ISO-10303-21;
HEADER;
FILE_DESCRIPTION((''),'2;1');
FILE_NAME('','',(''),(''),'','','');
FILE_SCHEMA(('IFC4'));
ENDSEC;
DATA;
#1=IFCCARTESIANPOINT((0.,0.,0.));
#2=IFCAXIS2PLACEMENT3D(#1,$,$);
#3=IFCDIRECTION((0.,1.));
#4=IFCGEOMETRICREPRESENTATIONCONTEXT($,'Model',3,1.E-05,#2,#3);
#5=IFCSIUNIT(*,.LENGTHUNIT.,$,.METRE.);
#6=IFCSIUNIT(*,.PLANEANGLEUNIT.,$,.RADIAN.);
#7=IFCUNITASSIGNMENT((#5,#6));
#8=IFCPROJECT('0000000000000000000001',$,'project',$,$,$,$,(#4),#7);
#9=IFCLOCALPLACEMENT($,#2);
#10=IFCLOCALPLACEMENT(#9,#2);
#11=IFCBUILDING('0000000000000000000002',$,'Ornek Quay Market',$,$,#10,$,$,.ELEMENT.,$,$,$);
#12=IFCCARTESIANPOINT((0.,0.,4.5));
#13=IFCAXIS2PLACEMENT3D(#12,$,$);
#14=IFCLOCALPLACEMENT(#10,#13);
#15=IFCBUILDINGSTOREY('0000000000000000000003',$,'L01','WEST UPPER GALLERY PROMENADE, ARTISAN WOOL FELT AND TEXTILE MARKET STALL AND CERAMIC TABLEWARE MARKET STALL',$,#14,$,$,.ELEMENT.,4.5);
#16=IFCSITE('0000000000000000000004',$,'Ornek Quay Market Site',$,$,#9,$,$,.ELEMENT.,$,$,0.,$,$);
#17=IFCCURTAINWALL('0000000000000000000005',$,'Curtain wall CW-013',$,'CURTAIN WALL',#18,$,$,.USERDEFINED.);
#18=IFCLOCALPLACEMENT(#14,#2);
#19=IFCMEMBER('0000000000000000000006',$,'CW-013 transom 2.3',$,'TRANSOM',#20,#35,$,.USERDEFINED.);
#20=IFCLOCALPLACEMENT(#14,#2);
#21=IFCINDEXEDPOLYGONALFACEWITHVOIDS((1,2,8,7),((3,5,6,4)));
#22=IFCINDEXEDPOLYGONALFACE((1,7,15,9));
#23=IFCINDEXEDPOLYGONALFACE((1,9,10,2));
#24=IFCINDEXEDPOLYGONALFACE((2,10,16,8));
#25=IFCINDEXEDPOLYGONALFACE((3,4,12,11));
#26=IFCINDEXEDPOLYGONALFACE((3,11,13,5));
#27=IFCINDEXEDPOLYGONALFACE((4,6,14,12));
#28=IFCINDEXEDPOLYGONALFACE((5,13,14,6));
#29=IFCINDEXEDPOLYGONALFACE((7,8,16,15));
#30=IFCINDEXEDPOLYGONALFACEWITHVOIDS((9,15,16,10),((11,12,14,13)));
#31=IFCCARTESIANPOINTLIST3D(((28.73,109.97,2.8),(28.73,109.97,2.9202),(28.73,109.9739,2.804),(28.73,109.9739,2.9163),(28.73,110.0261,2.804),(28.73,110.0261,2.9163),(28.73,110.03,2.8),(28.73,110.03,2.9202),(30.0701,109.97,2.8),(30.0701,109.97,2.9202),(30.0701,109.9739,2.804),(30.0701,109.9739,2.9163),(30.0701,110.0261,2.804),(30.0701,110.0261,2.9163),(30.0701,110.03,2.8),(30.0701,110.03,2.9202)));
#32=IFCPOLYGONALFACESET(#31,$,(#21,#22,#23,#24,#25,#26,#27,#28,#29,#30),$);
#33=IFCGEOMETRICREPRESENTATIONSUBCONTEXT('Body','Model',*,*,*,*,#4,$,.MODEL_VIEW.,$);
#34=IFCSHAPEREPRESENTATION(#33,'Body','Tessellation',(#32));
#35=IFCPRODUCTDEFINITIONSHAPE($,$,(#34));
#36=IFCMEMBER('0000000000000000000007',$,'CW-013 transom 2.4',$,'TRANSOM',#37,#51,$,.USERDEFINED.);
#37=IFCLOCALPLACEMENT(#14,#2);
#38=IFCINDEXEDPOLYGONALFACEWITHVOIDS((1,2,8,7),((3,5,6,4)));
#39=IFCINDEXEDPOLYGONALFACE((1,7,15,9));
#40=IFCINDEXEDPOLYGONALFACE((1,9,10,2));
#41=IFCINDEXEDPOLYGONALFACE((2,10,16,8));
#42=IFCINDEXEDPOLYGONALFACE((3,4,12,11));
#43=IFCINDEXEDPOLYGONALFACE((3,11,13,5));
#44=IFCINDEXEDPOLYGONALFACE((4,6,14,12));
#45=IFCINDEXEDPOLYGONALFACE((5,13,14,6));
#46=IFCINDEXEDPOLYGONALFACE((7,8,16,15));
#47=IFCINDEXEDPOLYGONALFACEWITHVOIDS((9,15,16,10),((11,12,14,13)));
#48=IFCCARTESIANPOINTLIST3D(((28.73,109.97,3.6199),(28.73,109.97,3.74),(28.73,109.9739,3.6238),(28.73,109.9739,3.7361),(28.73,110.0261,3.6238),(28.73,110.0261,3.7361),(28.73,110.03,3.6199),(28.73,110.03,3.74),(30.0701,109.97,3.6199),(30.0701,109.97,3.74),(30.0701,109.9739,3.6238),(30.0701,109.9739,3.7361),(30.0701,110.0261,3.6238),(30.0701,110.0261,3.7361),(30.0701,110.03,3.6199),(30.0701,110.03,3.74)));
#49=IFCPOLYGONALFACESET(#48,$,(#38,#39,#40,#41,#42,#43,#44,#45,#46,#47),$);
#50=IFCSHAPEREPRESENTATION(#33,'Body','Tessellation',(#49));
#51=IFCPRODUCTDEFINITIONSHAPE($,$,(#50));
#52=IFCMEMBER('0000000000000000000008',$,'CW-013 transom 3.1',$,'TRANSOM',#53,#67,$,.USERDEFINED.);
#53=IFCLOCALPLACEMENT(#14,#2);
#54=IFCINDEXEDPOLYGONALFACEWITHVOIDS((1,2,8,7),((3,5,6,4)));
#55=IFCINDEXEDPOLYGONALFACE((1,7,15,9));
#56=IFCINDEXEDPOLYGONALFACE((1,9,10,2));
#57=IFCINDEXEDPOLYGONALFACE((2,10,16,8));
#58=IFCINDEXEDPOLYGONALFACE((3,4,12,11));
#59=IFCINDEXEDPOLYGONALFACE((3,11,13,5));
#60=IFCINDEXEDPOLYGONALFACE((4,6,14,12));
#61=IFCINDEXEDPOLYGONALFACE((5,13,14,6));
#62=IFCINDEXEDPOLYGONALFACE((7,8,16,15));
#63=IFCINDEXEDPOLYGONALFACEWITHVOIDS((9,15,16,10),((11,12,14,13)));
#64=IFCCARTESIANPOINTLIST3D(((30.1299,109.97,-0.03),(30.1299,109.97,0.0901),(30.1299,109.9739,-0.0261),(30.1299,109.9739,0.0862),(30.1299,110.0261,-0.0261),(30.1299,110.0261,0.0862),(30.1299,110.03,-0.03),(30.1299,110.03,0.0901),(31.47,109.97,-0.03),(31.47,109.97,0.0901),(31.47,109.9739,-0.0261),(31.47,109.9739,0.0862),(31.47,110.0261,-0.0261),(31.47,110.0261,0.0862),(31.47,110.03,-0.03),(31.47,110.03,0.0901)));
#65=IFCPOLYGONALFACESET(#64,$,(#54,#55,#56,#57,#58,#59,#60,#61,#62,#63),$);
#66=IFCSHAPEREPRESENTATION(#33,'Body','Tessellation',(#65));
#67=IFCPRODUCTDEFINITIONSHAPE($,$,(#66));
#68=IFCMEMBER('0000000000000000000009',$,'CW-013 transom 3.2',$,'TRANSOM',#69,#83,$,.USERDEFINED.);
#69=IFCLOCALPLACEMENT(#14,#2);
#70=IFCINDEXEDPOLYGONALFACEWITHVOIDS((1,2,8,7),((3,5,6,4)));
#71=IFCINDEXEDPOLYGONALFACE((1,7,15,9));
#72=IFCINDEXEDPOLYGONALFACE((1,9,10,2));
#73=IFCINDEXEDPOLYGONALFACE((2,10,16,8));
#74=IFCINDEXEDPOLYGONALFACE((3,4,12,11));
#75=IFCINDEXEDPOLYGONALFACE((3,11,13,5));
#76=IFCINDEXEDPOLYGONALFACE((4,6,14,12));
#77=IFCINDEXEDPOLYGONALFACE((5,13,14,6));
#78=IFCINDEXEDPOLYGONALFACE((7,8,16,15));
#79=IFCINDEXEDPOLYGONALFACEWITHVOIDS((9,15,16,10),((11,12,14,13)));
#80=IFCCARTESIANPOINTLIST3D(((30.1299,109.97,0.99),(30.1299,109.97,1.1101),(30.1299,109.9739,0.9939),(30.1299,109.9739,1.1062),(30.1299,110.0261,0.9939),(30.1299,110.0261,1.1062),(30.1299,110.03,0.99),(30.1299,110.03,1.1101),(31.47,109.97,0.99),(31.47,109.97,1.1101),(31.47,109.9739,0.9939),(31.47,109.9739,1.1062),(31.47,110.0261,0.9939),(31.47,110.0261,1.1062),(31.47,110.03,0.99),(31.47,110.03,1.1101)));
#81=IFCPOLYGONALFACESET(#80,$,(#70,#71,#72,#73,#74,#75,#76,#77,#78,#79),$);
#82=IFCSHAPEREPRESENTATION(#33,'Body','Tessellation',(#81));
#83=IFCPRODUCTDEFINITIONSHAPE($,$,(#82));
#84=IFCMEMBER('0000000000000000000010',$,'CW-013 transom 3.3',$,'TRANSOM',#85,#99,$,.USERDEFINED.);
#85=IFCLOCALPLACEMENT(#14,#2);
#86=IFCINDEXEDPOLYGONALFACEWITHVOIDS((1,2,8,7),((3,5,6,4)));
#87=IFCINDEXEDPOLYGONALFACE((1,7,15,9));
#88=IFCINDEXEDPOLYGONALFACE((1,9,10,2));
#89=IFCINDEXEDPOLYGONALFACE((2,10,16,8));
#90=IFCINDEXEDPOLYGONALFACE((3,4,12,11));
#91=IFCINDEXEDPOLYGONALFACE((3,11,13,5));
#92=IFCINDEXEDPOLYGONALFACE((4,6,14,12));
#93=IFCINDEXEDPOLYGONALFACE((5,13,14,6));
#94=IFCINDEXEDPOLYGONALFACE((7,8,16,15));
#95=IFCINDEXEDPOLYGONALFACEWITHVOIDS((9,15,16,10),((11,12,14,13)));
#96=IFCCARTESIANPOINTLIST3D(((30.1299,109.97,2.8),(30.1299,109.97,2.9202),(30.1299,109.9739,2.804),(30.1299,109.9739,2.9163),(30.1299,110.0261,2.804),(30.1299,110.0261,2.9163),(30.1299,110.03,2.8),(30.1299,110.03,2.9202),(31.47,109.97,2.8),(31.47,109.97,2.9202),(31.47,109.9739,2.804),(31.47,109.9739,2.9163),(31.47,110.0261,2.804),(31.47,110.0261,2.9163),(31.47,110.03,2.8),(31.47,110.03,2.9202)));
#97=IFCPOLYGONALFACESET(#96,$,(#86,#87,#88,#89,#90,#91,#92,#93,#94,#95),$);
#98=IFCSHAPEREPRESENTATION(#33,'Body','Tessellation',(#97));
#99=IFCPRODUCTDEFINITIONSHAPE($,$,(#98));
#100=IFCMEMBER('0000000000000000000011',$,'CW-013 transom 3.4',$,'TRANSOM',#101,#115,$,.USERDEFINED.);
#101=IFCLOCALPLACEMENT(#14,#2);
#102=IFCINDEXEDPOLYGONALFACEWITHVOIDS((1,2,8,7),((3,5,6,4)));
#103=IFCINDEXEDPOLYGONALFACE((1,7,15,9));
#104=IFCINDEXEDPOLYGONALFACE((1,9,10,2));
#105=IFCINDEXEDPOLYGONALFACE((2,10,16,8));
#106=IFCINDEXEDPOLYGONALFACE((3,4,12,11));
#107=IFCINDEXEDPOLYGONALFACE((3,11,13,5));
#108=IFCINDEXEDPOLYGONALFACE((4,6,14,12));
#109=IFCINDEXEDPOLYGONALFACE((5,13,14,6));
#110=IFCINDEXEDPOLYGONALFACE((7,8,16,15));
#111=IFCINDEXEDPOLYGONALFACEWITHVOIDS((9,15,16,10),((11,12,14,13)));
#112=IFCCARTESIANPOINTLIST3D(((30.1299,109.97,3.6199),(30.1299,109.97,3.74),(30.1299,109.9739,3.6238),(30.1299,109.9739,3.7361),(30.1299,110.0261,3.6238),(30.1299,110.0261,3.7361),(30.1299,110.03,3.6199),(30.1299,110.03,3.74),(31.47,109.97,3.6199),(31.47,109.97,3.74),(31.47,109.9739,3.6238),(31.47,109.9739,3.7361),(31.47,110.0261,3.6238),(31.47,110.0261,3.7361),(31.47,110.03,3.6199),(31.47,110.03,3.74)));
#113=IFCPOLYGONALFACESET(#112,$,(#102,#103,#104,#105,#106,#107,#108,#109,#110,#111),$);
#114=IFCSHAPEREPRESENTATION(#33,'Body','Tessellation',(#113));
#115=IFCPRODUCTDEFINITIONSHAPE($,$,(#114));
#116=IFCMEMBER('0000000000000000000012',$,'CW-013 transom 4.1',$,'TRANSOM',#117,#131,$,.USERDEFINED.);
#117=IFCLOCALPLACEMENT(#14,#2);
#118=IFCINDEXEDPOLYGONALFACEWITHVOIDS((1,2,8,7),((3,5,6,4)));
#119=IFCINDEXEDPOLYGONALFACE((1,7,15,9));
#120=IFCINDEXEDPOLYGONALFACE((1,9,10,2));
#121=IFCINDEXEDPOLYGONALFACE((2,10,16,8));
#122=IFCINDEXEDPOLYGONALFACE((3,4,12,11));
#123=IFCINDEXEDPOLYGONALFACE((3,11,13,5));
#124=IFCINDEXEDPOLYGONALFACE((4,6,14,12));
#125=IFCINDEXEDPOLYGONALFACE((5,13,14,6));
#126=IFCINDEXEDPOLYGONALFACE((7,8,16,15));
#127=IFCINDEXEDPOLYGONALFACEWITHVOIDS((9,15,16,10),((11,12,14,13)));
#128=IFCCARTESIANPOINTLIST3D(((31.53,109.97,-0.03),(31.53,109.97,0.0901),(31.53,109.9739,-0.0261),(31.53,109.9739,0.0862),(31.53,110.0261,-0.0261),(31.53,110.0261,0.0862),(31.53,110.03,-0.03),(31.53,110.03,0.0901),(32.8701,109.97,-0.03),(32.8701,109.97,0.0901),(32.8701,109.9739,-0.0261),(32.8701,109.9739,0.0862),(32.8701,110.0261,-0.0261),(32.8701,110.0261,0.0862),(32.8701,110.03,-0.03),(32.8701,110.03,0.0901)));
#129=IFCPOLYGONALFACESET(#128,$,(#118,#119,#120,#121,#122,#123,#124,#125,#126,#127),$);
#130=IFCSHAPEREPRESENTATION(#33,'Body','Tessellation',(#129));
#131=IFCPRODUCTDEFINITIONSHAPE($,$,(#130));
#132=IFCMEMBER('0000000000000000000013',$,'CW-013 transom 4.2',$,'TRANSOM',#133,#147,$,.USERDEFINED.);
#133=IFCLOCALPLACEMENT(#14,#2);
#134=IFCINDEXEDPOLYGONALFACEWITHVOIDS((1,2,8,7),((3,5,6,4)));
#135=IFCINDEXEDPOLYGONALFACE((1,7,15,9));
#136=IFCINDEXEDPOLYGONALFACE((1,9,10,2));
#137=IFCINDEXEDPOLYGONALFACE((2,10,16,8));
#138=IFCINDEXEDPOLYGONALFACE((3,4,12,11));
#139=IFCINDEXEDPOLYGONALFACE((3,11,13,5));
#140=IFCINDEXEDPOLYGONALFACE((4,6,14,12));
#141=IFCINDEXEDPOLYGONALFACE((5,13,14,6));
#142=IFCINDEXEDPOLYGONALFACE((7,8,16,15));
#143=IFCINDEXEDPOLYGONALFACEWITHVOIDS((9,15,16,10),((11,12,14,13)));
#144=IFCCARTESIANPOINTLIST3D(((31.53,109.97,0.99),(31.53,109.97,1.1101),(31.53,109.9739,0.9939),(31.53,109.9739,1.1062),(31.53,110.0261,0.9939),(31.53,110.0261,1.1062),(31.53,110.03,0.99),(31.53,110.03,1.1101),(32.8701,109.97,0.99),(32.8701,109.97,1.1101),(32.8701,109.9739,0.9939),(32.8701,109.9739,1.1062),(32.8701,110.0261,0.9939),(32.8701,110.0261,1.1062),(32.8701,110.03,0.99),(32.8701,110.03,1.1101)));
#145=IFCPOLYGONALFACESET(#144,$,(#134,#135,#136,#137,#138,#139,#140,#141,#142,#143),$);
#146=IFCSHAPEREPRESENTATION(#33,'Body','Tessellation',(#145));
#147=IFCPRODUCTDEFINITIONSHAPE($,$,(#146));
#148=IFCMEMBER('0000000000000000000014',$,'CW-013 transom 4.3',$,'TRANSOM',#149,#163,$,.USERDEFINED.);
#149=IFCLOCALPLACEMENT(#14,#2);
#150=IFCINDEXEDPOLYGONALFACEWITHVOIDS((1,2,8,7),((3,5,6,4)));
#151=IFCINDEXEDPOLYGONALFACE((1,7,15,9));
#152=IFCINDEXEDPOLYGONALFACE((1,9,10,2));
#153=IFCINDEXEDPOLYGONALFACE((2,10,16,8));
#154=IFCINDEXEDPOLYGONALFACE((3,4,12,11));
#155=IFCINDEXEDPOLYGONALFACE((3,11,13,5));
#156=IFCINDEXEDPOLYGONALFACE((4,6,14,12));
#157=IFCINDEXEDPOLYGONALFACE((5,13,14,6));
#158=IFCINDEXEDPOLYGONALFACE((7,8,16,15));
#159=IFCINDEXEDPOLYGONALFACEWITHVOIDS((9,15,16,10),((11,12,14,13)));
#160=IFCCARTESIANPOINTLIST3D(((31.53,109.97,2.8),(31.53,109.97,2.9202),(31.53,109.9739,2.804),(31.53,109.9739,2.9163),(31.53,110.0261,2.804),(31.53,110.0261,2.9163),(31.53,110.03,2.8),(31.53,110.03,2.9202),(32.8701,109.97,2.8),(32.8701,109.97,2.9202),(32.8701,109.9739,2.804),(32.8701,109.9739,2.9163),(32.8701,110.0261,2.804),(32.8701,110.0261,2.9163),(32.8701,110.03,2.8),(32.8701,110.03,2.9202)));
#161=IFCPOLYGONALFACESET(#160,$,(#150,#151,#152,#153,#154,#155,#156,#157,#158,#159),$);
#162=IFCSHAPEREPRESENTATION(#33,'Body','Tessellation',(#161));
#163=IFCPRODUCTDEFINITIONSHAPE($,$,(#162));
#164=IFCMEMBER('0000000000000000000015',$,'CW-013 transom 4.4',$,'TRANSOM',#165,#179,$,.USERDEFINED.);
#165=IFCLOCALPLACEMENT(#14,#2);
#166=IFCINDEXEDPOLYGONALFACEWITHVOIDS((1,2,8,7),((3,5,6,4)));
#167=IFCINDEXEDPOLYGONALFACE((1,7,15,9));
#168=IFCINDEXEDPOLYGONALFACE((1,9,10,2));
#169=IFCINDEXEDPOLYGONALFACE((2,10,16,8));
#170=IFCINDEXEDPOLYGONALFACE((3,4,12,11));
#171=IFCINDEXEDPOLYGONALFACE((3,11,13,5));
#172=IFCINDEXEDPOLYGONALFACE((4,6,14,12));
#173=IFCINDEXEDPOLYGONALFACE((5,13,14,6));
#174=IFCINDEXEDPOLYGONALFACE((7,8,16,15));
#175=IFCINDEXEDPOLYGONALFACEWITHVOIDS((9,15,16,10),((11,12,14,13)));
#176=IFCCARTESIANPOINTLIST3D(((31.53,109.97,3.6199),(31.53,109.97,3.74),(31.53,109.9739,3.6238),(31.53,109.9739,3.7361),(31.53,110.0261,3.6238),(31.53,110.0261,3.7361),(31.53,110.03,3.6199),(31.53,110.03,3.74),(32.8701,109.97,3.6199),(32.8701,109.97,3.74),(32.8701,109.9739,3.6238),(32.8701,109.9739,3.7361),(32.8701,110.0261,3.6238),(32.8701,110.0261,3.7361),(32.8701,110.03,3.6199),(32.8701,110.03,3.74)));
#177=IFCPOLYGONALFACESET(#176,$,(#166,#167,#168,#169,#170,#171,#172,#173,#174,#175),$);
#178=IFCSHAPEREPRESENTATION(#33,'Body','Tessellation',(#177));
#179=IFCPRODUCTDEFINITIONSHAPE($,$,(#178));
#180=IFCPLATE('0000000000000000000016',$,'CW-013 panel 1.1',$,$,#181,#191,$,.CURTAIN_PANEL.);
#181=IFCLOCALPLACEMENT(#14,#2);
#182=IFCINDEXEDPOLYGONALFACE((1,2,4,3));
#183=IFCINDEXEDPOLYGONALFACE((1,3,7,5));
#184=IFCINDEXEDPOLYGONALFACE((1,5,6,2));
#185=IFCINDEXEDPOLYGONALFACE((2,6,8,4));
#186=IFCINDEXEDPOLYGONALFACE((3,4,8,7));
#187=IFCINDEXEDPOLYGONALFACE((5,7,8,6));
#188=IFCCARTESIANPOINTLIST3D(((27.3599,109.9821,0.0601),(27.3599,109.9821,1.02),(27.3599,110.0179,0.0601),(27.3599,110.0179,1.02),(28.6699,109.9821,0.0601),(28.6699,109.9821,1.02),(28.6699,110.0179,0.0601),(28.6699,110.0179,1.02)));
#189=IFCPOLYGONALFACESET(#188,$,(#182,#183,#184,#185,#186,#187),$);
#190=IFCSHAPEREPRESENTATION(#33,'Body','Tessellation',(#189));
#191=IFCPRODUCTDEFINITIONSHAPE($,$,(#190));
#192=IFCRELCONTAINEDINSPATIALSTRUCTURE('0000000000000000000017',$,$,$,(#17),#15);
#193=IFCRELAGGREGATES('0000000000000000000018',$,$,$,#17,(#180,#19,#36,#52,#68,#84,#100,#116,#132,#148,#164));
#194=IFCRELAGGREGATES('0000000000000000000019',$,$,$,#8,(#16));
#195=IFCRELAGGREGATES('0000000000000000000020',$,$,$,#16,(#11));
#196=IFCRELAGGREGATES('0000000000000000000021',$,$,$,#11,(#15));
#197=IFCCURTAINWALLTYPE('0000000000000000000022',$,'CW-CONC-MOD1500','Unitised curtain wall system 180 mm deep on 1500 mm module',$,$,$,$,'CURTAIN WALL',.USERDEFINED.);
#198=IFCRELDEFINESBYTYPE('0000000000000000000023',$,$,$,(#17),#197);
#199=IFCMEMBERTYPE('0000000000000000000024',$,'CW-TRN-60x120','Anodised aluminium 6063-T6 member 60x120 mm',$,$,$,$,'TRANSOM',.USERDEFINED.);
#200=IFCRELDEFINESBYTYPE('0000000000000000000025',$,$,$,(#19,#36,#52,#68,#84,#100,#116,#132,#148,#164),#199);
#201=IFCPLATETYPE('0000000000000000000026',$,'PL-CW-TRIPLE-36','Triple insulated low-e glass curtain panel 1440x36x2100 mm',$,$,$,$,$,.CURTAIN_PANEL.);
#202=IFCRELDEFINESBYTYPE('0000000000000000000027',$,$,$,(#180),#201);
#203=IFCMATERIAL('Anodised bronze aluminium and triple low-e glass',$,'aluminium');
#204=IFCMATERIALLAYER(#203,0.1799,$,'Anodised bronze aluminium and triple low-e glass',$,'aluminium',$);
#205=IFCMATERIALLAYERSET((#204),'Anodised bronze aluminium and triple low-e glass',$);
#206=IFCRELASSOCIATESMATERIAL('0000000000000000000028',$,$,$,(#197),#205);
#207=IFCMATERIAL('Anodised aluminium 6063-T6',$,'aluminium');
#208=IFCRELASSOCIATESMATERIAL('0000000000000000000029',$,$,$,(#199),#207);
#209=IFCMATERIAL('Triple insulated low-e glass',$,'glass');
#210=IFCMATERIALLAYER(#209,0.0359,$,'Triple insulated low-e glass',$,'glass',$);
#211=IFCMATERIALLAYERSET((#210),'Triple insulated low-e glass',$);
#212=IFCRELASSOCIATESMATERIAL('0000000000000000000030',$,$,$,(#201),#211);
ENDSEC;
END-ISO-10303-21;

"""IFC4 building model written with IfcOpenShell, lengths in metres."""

from ifc_helpers import new_model, si_unit, direction, frame, origin, origin_2d, place, context, subcontext, project, spatial, rectangle, hollow_rectangle, extrude, material, layer, layer_set, material_profile, profile_set, type_object, element, aggregate, save


model = new_model("IFC4")

# Units and contexts
model_context = context("Model", 3, precision=1e-05, world=origin(), true_north=direction((0.0, 1.0)))
body_context = subcontext(model_context, "Body", "Model", "MODEL_VIEW")
ifc_project = project(units=[si_unit("LENGTHUNIT", "METRE"), si_unit("PLANEANGLEUNIT", "RADIAN")], contexts=[model_context])

# Site, building, storey
site_placement = place(None, origin())
site = spatial("IfcSite", under=ifc_project, at=site_placement, Name="Ornek Quay Market Site", CompositionType="ELEMENT", RefElevation=0.0)
building_placement = place(site_placement, origin())
building = spatial("IfcBuilding", under=site, at=building_placement, Name="Ornek Quay Market", CompositionType="ELEMENT")
storey_placement = place(building_placement, frame((0.0, 0.0, 4.5)))
storey = spatial("IfcBuildingStorey", under=building, at=storey_placement, Name="L01", Description="WEST UPPER GALLERY PROMENADE, ARTISAN WOOL FELT AND TEXTILE MARKET STALL AND CERAMIC TABLEWARE MARKET STALL", CompositionType="ELEMENT", Elevation=4.5)

# Curtain wall, members, plate
ifc_material_1 = material(Name="Anodised bronze aluminium and triple low-e glass", Category="aluminium")
ifc_layer_1 = layer(ifc_material_1, 0.1799, Name="Anodised bronze aluminium and triple low-e glass", Category="aluminium")
ifc_layer_set_1 = layer_set([ifc_layer_1], Name="Anodised bronze aluminium and triple low-e glass")
curtain_wall_type = type_object("IfcCurtainWallType", Name="CW-CONC-MOD1500", Description="Unitised curtain wall system 180 mm deep on 1500 mm module", ElementType="CURTAIN WALL", PredefinedType="USERDEFINED", material=ifc_layer_set_1)
curtain_wall_placement = place(storey_placement, origin())
curtain_wall = element("IfcCurtainWall", 1, at=curtain_wall_placement, inside=storey, type_object=curtain_wall_type, Name="Curtain wall CW-013", ObjectType="CURTAIN WALL", PredefinedType="USERDEFINED")
ifc_material_2 = material(Name="Anodised aluminium 6063-T6", Category="aluminium")
ifc_material_profile_1 = material_profile(ifc_material_2, hollow_rectangle(XDim=0.0601, YDim=0.1201, WallThickness=0.0039, at=origin_2d()), Name="CW-TRN-60x120", Category="aluminium")
ifc_profile_set_1 = profile_set([ifc_material_profile_1], Name="Anodised aluminium 6063-T6")
member_type_1 = type_object("IfcMemberType", Name="CW-TRN-60x120", Description="Anodised aluminium 6063-T6 member 60x120 mm", ElementType="TRANSOM", PredefinedType="USERDEFINED", material=ifc_profile_set_1)
member_1_placement = place(storey_placement, frame((28.73, 110.0, 2.8601), z_axis=(1.0, 0.0, 0.0), x_axis=(0.0, 1.0, 0.0)))
member_1 = element("IfcMember", 2, at=member_1_placement, type_object=member_type_1, Name="CW-013 transom 2.3", ObjectType="TRANSOM", PredefinedType="USERDEFINED", context=body_context, shape_type="SweptSolid", body=[
    extrude(hollow_rectangle(XDim=0.0601, YDim=0.1201, WallThickness=0.0039, at=origin_2d()), origin(), (0.0, 0.0, 1.0), 1.3401),
])
member_2_placement = place(storey_placement, frame((28.73, 110.0, 3.6799), z_axis=(1.0, 0.0, 0.0), x_axis=(0.0, 1.0, 0.0)))
member_2 = element("IfcMember", 3, at=member_2_placement, type_object=member_type_1, Name="CW-013 transom 2.4", ObjectType="TRANSOM", PredefinedType="USERDEFINED", context=body_context, shape_type="SweptSolid", body=[
    extrude(hollow_rectangle(XDim=0.0601, YDim=0.1201, WallThickness=0.0039, at=origin_2d()), origin(), (0.0, 0.0, 1.0), 1.3401),
])
member_3_placement = place(storey_placement, frame((30.1299, 110.0, 0.03), z_axis=(1.0, 0.0, 0.0), x_axis=(0.0, 1.0, 0.0)))
member_3 = element("IfcMember", 4, at=member_3_placement, type_object=member_type_1, Name="CW-013 transom 3.1", ObjectType="TRANSOM", PredefinedType="USERDEFINED", context=body_context, shape_type="SweptSolid", body=[
    extrude(hollow_rectangle(XDim=0.0601, YDim=0.1201, WallThickness=0.0039, at=origin_2d()), origin(), (0.0, 0.0, 1.0), 1.3401),
])
member_4_placement = place(storey_placement, frame((30.1299, 110.0, 1.05), z_axis=(1.0, 0.0, 0.0), x_axis=(0.0, 1.0, 0.0)))
member_4 = element("IfcMember", 5, at=member_4_placement, type_object=member_type_1, Name="CW-013 transom 3.2", ObjectType="TRANSOM", PredefinedType="USERDEFINED", context=body_context, shape_type="SweptSolid", body=[
    extrude(hollow_rectangle(XDim=0.0601, YDim=0.1201, WallThickness=0.0039, at=origin_2d()), origin(), (0.0, 0.0, 1.0), 1.3401),
])
member_5_placement = place(storey_placement, frame((30.1299, 110.0, 2.8601), z_axis=(1.0, 0.0, 0.0), x_axis=(0.0, 1.0, 0.0)))
member_5 = element("IfcMember", 6, at=member_5_placement, type_object=member_type_1, Name="CW-013 transom 3.3", ObjectType="TRANSOM", PredefinedType="USERDEFINED", context=body_context, shape_type="SweptSolid", body=[
    extrude(hollow_rectangle(XDim=0.0601, YDim=0.1201, WallThickness=0.0039, at=origin_2d()), origin(), (0.0, 0.0, 1.0), 1.3401),
])
member_6_placement = place(storey_placement, frame((30.1299, 110.0, 3.6799), z_axis=(1.0, 0.0, 0.0), x_axis=(0.0, 1.0, 0.0)))
member_6 = element("IfcMember", 7, at=member_6_placement, type_object=member_type_1, Name="CW-013 transom 3.4", ObjectType="TRANSOM", PredefinedType="USERDEFINED", context=body_context, shape_type="SweptSolid", body=[
    extrude(hollow_rectangle(XDim=0.0601, YDim=0.1201, WallThickness=0.0039, at=origin_2d()), origin(), (0.0, 0.0, 1.0), 1.3401),
])
member_7_placement = place(storey_placement, frame((31.53, 110.0, 0.03), z_axis=(1.0, 0.0, 0.0), x_axis=(0.0, 1.0, 0.0)))
member_7 = element("IfcMember", 8, at=member_7_placement, type_object=member_type_1, Name="CW-013 transom 4.1", ObjectType="TRANSOM", PredefinedType="USERDEFINED", context=body_context, shape_type="SweptSolid", body=[
    extrude(hollow_rectangle(XDim=0.0601, YDim=0.1201, WallThickness=0.0039, at=origin_2d()), origin(), (0.0, 0.0, 1.0), 1.3401),
])
member_8_placement = place(storey_placement, frame((31.53, 110.0, 1.05), z_axis=(1.0, 0.0, 0.0), x_axis=(0.0, 1.0, 0.0)))
member_8 = element("IfcMember", 9, at=member_8_placement, type_object=member_type_1, Name="CW-013 transom 4.2", ObjectType="TRANSOM", PredefinedType="USERDEFINED", context=body_context, shape_type="SweptSolid", body=[
    extrude(hollow_rectangle(XDim=0.0601, YDim=0.1201, WallThickness=0.0039, at=origin_2d()), origin(), (0.0, 0.0, 1.0), 1.3401),
])
member_9_placement = place(storey_placement, frame((31.53, 110.0, 2.8601), z_axis=(1.0, 0.0, 0.0), x_axis=(0.0, 1.0, 0.0)))
member_9 = element("IfcMember", 10, at=member_9_placement, type_object=member_type_1, Name="CW-013 transom 4.3", ObjectType="TRANSOM", PredefinedType="USERDEFINED", context=body_context, shape_type="SweptSolid", body=[
    extrude(hollow_rectangle(XDim=0.0601, YDim=0.1201, WallThickness=0.0039, at=origin_2d()), origin(), (0.0, 0.0, 1.0), 1.3401),
])
member_10_placement = place(storey_placement, frame((31.53, 110.0, 3.6799), z_axis=(1.0, 0.0, 0.0), x_axis=(0.0, 1.0, 0.0)))
member_10 = element("IfcMember", 11, at=member_10_placement, type_object=member_type_1, Name="CW-013 transom 4.4", ObjectType="TRANSOM", PredefinedType="USERDEFINED", context=body_context, shape_type="SweptSolid", body=[
    extrude(hollow_rectangle(XDim=0.0601, YDim=0.1201, WallThickness=0.0039, at=origin_2d()), origin(), (0.0, 0.0, 1.0), 1.3401),
])
ifc_material_3 = material(Name="Triple insulated low-e glass", Category="glass")
ifc_layer_2 = layer(ifc_material_3, 0.0359, Name="Triple insulated low-e glass", Category="glass")
ifc_layer_set_2 = layer_set([ifc_layer_2], Name="Triple insulated low-e glass")
plate_type = type_object("IfcPlateType", Name="PL-CW-TRIPLE-36", Description="Triple insulated low-e glass curtain panel 1440x36x2100 mm", PredefinedType="CURTAIN_PANEL", material=ifc_layer_set_2)
plate_1_placement = place(storey_placement, frame((28.0149, 110.0, 0.0601), z_axis=(0.0, 0.0, 1.0), x_axis=(1.0, 0.0, 0.0)))
plate_1 = element("IfcPlate", 12, at=plate_1_placement, type_object=plate_type, Name="CW-013 panel 1.1", PredefinedType="CURTAIN_PANEL", context=body_context, shape_type="SweptSolid", body=[
    extrude(rectangle(XDim=1.3101, YDim=0.0359, at=origin_2d()), origin(), (0.0, 0.0, 1.0), 0.96),
])
aggregate(curtain_wall, [plate_1, member_1, member_2, member_3, member_4, member_5, member_6, member_7, member_8, member_9, member_10])

save(model, "model.ifc")
